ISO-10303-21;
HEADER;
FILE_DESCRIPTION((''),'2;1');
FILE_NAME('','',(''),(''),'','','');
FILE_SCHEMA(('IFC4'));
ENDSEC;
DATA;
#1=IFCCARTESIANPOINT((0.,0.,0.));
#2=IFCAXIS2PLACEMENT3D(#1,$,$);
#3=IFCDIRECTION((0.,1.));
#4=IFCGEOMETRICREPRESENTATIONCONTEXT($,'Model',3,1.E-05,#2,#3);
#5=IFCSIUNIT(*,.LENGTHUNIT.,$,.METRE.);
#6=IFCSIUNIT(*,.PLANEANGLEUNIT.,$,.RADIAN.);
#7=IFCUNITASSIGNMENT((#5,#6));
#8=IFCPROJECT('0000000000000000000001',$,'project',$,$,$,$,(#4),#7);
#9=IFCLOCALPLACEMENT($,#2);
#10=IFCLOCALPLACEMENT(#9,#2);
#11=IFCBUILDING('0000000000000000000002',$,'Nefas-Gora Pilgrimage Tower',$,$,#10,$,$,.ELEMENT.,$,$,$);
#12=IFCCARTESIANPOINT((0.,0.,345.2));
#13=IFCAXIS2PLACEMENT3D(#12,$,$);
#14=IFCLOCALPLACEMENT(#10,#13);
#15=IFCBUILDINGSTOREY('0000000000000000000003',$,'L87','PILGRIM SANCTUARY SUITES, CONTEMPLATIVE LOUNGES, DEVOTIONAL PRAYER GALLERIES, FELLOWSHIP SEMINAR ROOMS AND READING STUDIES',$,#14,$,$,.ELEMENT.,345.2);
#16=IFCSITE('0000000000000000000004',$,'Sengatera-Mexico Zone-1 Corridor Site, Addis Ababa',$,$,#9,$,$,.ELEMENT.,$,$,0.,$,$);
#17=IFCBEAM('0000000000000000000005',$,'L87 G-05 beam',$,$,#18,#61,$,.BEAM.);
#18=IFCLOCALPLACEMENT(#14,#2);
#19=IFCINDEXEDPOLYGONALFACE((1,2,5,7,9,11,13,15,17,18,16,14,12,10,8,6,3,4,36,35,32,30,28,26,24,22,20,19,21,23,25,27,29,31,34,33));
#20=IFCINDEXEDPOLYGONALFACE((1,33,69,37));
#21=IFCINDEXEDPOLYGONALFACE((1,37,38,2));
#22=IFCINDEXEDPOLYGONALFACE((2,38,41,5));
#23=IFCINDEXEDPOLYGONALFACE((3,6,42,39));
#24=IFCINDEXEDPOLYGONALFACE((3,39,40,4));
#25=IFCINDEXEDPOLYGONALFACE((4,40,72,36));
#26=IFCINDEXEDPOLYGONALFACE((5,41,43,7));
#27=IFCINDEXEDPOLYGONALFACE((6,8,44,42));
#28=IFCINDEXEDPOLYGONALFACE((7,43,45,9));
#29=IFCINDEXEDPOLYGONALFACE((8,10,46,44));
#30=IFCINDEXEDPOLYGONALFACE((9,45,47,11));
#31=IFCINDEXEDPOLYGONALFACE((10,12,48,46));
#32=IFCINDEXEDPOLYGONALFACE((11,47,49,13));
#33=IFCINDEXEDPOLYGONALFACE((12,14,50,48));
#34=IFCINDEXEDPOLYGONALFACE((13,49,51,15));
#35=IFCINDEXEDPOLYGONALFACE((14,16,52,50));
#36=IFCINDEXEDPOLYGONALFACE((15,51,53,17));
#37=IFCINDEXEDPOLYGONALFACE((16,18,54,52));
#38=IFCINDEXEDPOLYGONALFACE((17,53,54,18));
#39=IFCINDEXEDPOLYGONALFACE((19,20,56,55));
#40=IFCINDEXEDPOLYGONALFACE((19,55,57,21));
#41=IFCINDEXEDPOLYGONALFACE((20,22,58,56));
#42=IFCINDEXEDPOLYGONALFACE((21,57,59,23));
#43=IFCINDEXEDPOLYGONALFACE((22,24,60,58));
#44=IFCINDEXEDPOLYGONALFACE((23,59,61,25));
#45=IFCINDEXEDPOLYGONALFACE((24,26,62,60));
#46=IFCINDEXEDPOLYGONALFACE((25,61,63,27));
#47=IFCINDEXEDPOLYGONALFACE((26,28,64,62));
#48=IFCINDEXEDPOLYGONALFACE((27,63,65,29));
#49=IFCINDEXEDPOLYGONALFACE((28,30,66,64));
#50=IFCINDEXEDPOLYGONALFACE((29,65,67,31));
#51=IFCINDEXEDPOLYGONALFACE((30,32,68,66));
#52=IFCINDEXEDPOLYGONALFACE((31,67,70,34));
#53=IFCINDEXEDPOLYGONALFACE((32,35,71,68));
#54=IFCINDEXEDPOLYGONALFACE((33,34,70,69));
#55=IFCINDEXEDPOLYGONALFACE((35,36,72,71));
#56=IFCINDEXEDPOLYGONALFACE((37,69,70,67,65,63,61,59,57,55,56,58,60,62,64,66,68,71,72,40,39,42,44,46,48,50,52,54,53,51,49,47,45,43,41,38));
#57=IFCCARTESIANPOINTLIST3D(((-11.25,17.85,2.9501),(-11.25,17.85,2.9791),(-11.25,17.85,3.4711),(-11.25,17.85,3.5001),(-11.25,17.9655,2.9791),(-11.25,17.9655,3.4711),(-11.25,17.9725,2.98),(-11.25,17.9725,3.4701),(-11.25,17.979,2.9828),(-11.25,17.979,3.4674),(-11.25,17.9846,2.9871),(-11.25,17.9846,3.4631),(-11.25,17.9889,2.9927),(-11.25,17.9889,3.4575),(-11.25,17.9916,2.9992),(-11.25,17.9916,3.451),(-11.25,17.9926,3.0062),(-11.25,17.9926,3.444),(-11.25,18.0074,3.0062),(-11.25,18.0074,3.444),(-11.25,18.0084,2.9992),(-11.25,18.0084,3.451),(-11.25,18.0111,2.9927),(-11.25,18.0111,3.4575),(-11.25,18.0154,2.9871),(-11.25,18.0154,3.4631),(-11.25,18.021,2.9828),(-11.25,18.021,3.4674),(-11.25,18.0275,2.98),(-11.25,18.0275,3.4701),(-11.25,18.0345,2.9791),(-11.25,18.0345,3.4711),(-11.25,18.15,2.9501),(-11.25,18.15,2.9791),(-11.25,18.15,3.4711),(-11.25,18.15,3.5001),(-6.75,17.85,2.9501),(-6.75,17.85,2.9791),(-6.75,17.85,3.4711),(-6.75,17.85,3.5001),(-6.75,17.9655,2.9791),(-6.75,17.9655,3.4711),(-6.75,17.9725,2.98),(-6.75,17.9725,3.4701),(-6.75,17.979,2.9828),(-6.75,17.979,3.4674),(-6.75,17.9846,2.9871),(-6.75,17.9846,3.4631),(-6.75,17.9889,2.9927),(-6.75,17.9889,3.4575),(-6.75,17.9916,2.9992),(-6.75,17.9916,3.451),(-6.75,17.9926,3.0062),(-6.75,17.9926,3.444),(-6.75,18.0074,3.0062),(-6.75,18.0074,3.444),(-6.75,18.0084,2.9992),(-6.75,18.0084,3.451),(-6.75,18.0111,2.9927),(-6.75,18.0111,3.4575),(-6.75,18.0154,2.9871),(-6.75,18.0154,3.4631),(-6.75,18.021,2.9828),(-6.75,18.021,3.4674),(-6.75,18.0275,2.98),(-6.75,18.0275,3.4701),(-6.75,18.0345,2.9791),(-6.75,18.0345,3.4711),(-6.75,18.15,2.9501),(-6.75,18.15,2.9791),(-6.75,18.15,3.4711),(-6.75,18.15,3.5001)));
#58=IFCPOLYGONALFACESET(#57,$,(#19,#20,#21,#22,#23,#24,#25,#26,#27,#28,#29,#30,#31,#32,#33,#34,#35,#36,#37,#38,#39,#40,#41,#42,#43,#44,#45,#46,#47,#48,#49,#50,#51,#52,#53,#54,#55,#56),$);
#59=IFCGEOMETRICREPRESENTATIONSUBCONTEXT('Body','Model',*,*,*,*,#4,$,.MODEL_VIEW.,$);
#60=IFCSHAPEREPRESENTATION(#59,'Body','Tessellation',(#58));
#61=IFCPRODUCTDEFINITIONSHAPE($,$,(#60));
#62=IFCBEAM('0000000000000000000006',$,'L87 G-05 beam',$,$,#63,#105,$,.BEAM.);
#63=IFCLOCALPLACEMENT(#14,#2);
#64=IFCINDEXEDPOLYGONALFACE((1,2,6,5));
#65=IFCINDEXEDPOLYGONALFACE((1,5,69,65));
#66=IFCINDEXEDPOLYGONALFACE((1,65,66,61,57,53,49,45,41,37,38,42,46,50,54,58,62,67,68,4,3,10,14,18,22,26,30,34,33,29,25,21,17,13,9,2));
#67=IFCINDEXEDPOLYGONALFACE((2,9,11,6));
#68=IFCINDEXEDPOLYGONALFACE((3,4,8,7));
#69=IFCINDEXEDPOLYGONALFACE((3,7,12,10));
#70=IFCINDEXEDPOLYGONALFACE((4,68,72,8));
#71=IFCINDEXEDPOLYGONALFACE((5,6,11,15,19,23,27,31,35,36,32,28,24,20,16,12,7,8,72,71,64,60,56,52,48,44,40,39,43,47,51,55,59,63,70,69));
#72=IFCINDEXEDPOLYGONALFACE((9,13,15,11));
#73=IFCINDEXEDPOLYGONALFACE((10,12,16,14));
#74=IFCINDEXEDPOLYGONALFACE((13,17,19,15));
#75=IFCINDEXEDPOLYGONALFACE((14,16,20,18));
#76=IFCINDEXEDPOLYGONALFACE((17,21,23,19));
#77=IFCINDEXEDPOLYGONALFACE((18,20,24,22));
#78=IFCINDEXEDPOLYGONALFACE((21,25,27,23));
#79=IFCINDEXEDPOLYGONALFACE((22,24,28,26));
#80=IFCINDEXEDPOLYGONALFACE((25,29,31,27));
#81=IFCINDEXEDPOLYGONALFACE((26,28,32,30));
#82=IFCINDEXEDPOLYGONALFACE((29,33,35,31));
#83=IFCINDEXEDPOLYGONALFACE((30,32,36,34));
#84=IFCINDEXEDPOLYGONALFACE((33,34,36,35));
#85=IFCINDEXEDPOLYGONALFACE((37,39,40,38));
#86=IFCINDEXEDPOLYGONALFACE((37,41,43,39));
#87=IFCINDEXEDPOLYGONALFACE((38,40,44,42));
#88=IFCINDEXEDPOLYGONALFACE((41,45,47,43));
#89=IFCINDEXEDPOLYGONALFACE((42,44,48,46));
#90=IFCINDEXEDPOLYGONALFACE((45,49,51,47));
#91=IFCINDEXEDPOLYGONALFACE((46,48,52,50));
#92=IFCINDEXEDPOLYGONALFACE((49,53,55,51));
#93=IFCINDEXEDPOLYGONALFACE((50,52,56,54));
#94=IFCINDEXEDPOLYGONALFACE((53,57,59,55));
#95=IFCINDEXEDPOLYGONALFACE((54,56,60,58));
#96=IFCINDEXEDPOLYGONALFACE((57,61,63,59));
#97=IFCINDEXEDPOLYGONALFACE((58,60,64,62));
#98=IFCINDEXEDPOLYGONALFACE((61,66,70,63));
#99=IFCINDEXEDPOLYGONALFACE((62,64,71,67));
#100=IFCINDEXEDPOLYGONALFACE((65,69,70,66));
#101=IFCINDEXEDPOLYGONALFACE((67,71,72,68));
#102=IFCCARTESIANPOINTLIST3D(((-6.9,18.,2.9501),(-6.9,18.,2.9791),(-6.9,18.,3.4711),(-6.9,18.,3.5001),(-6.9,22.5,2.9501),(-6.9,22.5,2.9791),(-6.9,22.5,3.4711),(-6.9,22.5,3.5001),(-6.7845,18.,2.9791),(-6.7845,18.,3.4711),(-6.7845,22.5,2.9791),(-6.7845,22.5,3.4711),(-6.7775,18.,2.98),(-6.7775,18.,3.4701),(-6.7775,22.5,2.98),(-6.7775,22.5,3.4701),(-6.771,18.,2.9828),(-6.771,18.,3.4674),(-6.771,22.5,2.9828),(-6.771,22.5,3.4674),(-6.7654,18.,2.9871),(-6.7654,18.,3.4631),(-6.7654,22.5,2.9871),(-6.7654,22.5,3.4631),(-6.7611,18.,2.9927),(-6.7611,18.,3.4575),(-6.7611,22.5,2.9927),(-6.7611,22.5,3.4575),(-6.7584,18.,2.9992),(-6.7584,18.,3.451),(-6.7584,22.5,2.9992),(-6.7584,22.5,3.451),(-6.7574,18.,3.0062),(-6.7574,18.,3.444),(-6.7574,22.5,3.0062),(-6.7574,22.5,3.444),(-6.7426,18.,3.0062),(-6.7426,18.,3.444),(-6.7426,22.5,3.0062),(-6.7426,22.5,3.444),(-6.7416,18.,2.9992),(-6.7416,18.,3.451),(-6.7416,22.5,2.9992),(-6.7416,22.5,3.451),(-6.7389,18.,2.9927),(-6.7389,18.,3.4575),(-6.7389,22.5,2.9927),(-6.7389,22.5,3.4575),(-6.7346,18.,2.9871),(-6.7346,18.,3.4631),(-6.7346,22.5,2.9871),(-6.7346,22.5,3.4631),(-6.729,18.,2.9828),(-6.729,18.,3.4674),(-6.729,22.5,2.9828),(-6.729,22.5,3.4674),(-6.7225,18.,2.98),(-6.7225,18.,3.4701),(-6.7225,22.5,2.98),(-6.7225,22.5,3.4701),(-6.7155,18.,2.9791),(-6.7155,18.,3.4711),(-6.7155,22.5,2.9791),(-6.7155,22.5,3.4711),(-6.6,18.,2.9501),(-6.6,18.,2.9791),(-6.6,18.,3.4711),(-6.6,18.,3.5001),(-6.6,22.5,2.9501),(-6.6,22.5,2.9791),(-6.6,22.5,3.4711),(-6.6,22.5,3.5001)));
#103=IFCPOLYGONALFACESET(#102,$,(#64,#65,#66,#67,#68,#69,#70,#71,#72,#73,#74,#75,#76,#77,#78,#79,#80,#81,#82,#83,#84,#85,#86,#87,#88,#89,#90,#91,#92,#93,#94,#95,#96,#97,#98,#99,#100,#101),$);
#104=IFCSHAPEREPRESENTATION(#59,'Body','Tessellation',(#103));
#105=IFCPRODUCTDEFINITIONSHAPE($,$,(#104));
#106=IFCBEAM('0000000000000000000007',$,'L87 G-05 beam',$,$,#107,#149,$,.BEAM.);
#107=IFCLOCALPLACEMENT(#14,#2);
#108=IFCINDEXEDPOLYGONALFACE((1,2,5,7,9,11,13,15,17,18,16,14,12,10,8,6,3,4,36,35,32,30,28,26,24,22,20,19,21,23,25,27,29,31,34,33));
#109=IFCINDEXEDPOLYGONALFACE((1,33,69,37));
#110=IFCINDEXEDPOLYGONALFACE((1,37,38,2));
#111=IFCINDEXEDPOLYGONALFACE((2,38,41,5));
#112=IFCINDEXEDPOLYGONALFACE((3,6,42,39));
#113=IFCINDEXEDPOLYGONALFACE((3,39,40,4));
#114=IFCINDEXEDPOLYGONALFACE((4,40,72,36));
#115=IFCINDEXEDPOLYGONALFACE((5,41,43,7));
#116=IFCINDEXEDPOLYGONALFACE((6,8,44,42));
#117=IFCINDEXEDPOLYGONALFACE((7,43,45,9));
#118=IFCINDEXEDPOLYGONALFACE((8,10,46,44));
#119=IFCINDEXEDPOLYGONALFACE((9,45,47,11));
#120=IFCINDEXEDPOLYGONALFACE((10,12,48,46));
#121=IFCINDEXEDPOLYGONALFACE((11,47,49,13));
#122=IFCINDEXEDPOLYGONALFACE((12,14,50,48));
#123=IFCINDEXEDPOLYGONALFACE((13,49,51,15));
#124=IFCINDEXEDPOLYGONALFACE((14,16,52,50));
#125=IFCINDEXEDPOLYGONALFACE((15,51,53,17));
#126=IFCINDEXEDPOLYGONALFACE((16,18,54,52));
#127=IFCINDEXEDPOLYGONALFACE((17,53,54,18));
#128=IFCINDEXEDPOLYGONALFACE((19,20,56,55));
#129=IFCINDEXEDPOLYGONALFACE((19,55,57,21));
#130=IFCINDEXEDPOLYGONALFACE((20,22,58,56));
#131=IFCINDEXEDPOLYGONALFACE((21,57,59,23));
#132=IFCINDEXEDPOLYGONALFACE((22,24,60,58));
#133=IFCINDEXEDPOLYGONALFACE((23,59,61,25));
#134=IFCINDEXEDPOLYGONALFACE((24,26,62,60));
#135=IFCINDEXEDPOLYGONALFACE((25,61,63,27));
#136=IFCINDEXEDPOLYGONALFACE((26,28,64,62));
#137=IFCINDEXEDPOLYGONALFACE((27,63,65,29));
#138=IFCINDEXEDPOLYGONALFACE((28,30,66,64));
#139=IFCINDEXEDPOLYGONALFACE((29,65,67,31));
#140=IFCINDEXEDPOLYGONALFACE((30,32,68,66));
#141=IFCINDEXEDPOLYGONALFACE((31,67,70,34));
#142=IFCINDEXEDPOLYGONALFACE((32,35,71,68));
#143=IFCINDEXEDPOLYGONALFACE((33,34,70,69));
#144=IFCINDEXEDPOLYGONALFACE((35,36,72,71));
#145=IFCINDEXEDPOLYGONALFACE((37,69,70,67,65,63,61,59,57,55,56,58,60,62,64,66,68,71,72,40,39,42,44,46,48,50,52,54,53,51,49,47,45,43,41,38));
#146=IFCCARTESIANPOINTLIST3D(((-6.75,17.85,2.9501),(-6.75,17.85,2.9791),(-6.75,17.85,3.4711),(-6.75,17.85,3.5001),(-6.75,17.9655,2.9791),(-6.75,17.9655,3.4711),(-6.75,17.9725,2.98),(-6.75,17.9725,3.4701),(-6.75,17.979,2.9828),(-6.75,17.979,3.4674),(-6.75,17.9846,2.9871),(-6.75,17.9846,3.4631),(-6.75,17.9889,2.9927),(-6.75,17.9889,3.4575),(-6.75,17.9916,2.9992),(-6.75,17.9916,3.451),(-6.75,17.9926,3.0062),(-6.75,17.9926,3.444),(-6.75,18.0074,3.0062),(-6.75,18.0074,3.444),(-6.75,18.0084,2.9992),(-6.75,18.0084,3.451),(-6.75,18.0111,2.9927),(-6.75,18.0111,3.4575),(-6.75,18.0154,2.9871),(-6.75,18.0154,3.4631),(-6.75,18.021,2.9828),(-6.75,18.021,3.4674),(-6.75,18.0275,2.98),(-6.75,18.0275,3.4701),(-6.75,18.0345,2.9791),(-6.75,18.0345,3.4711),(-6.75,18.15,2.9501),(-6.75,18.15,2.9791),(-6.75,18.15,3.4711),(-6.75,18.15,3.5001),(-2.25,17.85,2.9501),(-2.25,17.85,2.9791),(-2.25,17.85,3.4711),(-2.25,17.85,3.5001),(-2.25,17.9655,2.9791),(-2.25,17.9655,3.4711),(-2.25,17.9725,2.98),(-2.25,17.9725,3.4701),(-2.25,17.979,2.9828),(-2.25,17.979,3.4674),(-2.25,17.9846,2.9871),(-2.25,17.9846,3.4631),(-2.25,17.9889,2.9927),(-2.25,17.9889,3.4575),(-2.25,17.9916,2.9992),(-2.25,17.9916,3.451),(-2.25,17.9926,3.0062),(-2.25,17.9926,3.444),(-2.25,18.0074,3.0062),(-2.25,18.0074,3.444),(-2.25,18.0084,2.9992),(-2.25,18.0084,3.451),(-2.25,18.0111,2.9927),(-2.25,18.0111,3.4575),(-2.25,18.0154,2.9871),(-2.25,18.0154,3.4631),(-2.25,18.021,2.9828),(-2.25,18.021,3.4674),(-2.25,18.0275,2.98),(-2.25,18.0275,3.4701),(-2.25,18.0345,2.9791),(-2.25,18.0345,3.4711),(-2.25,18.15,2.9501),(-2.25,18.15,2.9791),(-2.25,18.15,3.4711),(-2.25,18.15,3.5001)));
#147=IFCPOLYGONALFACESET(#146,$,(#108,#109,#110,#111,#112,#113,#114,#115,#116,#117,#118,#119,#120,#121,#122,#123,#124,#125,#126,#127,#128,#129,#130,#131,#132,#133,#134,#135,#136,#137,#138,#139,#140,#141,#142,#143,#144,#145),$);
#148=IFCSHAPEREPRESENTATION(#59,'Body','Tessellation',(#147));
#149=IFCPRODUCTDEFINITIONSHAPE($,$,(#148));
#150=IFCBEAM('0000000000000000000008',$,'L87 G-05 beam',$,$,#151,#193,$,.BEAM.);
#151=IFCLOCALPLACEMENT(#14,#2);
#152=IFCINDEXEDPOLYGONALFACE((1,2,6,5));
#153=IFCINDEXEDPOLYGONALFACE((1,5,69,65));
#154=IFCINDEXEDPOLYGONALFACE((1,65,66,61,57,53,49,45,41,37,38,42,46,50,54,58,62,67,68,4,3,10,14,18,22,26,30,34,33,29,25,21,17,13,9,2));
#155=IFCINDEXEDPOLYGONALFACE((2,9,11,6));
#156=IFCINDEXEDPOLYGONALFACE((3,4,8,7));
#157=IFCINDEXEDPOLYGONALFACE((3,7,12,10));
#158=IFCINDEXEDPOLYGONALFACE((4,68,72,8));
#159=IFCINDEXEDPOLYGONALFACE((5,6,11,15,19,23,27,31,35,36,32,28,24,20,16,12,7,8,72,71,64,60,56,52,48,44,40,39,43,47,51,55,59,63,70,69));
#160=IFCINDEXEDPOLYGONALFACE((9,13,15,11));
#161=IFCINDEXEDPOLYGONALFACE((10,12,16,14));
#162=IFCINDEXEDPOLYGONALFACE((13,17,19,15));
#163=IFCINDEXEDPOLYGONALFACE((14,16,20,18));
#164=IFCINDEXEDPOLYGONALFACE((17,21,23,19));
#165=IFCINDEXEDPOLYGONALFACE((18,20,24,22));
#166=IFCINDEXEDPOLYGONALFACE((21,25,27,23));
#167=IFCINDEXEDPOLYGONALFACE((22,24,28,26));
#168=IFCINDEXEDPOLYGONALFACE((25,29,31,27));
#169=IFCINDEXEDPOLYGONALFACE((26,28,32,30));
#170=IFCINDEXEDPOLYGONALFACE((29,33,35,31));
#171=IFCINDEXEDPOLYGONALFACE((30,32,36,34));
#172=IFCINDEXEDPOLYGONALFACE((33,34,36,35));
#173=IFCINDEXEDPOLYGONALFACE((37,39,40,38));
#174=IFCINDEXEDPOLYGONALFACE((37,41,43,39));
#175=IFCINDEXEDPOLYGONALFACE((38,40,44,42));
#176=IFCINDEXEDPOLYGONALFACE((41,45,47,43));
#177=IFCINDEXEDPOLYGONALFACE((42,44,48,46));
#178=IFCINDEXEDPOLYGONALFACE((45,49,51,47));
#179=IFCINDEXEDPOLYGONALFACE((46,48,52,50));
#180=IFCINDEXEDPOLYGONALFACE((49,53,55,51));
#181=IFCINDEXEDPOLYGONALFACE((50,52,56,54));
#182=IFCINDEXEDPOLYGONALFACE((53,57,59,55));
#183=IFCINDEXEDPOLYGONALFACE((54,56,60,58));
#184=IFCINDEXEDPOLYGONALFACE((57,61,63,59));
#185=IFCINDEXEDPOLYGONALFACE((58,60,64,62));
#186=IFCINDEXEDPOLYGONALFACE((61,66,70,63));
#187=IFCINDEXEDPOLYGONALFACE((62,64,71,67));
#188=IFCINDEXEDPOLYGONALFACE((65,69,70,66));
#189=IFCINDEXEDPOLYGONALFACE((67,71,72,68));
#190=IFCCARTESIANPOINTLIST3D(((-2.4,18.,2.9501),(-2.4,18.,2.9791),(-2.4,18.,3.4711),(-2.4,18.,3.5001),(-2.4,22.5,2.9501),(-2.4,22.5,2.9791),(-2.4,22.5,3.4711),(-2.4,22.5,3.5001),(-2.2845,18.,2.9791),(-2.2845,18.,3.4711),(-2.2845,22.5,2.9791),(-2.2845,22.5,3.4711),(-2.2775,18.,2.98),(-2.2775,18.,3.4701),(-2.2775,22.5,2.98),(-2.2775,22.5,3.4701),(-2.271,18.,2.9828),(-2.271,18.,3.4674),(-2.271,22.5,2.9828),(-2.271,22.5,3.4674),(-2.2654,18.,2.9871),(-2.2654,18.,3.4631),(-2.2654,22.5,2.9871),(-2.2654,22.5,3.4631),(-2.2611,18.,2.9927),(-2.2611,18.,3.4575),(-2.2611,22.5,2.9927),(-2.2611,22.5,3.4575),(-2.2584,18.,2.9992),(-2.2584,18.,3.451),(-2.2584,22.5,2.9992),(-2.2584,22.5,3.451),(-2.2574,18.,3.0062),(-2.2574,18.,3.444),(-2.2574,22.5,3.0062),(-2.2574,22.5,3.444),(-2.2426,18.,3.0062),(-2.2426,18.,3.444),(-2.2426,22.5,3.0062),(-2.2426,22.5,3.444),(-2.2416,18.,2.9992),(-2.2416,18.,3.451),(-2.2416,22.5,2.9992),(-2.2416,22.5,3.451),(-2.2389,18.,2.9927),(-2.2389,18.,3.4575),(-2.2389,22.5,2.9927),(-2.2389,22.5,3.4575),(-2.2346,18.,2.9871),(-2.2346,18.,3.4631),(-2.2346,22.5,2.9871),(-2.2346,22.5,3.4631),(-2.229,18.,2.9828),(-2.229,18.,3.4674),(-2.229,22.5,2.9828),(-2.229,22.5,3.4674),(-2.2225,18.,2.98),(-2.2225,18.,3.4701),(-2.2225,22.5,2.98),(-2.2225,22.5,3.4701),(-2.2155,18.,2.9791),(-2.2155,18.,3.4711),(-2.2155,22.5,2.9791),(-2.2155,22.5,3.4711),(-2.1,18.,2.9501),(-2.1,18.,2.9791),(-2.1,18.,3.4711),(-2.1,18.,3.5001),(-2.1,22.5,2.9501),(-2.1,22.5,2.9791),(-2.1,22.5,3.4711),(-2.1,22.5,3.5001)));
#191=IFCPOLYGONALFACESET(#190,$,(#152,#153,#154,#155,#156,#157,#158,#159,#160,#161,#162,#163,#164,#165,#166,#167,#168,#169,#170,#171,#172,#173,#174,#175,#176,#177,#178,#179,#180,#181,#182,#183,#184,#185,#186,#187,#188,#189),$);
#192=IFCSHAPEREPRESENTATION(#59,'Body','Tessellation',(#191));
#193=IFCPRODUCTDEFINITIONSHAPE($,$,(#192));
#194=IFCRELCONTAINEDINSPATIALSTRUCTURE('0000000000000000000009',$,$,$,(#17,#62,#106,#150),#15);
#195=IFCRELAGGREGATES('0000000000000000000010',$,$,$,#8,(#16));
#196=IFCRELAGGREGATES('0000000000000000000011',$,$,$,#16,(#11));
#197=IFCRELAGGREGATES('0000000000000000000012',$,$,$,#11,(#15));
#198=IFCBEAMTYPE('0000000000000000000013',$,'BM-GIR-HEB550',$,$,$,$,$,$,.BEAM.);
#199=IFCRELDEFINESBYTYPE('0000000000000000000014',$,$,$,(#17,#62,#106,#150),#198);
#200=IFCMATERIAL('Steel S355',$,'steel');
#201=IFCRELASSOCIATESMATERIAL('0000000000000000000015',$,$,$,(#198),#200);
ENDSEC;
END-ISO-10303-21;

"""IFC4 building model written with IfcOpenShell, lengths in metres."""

from ifc_helpers import new_model, si_unit, direction, frame, origin, origin_2d, place, context, subcontext, project, spatial, i_section, extrude, source, transform, mapped, material, material_profile, profile_set, type_object, element, save


model = new_model("IFC4")

# Units and contexts
model_context = context("Model", 3, precision=1e-05, world=origin(), true_north=direction((0.0, 1.0)))
body_context = subcontext(model_context, "Body", "Model", "MODEL_VIEW")
ifc_project = project(units=[si_unit("LENGTHUNIT", "METRE"), si_unit("PLANEANGLEUNIT", "RADIAN")], contexts=[model_context])

# Site, building, storey
site_placement = place(None, origin())
site = spatial("IfcSite", under=ifc_project, at=site_placement, Name="Sengatera-Mexico Zone-1 Corridor Site, Addis Ababa", CompositionType="ELEMENT", RefElevation=0.0)
building_placement = place(site_placement, origin())
building = spatial("IfcBuilding", under=site, at=building_placement, Name="Nefas-Gora Pilgrimage Tower", CompositionType="ELEMENT")
storey_placement = place(building_placement, frame((0.0, 0.0, 345.2)))
storey = spatial("IfcBuildingStorey", under=building, at=storey_placement, Name="L87", Description="PILGRIM SANCTUARY SUITES, CONTEMPLATIVE LOUNGES, DEVOTIONAL PRAYER GALLERIES, FELLOWSHIP SEMINAR ROOMS AND READING STUDIES", CompositionType="ELEMENT", Elevation=345.2)

# Shared definitions
ifc_material_1 = material(Name="Steel S355", Category="steel")

# Beams
ifc_material_profile_1 = material_profile(ifc_material_1, i_section(OverallWidth=0.3, OverallDepth=0.55, WebThickness=0.0149, FlangeThickness=0.0291, FilletRadius=0.0271, at=origin_2d()), Name="HEB 550")
ifc_profile_set_1 = profile_set([ifc_material_profile_1], Name="Steel S355")
beam_type_1 = type_object("IfcBeamType", Name="BM-GIR-HEB550", PredefinedType="BEAM", material=ifc_profile_set_1)
shared_shape_1 = source(origin(), body_context, "Body", "SweptSolid", [
    extrude(i_section(OverallWidth=0.3, OverallDepth=0.55, WebThickness=0.0149, FlangeThickness=0.0291, FilletRadius=0.0271, at=origin_2d()), origin(), (0.0, 0.0, 1.0), 4.5),
])
for number, where, z_axis, x_axis, name in (
    (1, (-11.25, 18.0, 3.2251), (1.0, 0.0, 0.0), (0.0, 1.0, 0.0), "L87 G-05 beam"),
    (2, (-6.75, 18.0, 3.2251), (0.0, 1.0, 0.0), (-1.0, 0.0, 0.0), "L87 G-05 beam"),
    (3, (-6.75, 18.0, 3.2251), (1.0, 0.0, 0.0), (0.0, 1.0, 0.0), "L87 G-05 beam"),
    (4, (-2.25, 18.0, 3.2251), (0.0, 1.0, 0.0), (-1.0, 0.0, 0.0), "L87 G-05 beam"),
):
    element("IfcBeam", number, at=place(storey_placement, frame(where, z_axis=z_axis, x_axis=x_axis)), inside=storey, type_object=beam_type_1, Name=name, PredefinedType="BEAM", context=body_context, shape_type="MappedRepresentation", body=[
        mapped(shared_shape_1, transform((0.0, 0.0, 0.0), x_axis=(1.0, 0.0, 0.0), y_axis=(0.0, 1.0, 0.0), z_axis=(0.0, 0.0, 1.0), scale=1.0)),
    ])

save(model, "model.ifc")
